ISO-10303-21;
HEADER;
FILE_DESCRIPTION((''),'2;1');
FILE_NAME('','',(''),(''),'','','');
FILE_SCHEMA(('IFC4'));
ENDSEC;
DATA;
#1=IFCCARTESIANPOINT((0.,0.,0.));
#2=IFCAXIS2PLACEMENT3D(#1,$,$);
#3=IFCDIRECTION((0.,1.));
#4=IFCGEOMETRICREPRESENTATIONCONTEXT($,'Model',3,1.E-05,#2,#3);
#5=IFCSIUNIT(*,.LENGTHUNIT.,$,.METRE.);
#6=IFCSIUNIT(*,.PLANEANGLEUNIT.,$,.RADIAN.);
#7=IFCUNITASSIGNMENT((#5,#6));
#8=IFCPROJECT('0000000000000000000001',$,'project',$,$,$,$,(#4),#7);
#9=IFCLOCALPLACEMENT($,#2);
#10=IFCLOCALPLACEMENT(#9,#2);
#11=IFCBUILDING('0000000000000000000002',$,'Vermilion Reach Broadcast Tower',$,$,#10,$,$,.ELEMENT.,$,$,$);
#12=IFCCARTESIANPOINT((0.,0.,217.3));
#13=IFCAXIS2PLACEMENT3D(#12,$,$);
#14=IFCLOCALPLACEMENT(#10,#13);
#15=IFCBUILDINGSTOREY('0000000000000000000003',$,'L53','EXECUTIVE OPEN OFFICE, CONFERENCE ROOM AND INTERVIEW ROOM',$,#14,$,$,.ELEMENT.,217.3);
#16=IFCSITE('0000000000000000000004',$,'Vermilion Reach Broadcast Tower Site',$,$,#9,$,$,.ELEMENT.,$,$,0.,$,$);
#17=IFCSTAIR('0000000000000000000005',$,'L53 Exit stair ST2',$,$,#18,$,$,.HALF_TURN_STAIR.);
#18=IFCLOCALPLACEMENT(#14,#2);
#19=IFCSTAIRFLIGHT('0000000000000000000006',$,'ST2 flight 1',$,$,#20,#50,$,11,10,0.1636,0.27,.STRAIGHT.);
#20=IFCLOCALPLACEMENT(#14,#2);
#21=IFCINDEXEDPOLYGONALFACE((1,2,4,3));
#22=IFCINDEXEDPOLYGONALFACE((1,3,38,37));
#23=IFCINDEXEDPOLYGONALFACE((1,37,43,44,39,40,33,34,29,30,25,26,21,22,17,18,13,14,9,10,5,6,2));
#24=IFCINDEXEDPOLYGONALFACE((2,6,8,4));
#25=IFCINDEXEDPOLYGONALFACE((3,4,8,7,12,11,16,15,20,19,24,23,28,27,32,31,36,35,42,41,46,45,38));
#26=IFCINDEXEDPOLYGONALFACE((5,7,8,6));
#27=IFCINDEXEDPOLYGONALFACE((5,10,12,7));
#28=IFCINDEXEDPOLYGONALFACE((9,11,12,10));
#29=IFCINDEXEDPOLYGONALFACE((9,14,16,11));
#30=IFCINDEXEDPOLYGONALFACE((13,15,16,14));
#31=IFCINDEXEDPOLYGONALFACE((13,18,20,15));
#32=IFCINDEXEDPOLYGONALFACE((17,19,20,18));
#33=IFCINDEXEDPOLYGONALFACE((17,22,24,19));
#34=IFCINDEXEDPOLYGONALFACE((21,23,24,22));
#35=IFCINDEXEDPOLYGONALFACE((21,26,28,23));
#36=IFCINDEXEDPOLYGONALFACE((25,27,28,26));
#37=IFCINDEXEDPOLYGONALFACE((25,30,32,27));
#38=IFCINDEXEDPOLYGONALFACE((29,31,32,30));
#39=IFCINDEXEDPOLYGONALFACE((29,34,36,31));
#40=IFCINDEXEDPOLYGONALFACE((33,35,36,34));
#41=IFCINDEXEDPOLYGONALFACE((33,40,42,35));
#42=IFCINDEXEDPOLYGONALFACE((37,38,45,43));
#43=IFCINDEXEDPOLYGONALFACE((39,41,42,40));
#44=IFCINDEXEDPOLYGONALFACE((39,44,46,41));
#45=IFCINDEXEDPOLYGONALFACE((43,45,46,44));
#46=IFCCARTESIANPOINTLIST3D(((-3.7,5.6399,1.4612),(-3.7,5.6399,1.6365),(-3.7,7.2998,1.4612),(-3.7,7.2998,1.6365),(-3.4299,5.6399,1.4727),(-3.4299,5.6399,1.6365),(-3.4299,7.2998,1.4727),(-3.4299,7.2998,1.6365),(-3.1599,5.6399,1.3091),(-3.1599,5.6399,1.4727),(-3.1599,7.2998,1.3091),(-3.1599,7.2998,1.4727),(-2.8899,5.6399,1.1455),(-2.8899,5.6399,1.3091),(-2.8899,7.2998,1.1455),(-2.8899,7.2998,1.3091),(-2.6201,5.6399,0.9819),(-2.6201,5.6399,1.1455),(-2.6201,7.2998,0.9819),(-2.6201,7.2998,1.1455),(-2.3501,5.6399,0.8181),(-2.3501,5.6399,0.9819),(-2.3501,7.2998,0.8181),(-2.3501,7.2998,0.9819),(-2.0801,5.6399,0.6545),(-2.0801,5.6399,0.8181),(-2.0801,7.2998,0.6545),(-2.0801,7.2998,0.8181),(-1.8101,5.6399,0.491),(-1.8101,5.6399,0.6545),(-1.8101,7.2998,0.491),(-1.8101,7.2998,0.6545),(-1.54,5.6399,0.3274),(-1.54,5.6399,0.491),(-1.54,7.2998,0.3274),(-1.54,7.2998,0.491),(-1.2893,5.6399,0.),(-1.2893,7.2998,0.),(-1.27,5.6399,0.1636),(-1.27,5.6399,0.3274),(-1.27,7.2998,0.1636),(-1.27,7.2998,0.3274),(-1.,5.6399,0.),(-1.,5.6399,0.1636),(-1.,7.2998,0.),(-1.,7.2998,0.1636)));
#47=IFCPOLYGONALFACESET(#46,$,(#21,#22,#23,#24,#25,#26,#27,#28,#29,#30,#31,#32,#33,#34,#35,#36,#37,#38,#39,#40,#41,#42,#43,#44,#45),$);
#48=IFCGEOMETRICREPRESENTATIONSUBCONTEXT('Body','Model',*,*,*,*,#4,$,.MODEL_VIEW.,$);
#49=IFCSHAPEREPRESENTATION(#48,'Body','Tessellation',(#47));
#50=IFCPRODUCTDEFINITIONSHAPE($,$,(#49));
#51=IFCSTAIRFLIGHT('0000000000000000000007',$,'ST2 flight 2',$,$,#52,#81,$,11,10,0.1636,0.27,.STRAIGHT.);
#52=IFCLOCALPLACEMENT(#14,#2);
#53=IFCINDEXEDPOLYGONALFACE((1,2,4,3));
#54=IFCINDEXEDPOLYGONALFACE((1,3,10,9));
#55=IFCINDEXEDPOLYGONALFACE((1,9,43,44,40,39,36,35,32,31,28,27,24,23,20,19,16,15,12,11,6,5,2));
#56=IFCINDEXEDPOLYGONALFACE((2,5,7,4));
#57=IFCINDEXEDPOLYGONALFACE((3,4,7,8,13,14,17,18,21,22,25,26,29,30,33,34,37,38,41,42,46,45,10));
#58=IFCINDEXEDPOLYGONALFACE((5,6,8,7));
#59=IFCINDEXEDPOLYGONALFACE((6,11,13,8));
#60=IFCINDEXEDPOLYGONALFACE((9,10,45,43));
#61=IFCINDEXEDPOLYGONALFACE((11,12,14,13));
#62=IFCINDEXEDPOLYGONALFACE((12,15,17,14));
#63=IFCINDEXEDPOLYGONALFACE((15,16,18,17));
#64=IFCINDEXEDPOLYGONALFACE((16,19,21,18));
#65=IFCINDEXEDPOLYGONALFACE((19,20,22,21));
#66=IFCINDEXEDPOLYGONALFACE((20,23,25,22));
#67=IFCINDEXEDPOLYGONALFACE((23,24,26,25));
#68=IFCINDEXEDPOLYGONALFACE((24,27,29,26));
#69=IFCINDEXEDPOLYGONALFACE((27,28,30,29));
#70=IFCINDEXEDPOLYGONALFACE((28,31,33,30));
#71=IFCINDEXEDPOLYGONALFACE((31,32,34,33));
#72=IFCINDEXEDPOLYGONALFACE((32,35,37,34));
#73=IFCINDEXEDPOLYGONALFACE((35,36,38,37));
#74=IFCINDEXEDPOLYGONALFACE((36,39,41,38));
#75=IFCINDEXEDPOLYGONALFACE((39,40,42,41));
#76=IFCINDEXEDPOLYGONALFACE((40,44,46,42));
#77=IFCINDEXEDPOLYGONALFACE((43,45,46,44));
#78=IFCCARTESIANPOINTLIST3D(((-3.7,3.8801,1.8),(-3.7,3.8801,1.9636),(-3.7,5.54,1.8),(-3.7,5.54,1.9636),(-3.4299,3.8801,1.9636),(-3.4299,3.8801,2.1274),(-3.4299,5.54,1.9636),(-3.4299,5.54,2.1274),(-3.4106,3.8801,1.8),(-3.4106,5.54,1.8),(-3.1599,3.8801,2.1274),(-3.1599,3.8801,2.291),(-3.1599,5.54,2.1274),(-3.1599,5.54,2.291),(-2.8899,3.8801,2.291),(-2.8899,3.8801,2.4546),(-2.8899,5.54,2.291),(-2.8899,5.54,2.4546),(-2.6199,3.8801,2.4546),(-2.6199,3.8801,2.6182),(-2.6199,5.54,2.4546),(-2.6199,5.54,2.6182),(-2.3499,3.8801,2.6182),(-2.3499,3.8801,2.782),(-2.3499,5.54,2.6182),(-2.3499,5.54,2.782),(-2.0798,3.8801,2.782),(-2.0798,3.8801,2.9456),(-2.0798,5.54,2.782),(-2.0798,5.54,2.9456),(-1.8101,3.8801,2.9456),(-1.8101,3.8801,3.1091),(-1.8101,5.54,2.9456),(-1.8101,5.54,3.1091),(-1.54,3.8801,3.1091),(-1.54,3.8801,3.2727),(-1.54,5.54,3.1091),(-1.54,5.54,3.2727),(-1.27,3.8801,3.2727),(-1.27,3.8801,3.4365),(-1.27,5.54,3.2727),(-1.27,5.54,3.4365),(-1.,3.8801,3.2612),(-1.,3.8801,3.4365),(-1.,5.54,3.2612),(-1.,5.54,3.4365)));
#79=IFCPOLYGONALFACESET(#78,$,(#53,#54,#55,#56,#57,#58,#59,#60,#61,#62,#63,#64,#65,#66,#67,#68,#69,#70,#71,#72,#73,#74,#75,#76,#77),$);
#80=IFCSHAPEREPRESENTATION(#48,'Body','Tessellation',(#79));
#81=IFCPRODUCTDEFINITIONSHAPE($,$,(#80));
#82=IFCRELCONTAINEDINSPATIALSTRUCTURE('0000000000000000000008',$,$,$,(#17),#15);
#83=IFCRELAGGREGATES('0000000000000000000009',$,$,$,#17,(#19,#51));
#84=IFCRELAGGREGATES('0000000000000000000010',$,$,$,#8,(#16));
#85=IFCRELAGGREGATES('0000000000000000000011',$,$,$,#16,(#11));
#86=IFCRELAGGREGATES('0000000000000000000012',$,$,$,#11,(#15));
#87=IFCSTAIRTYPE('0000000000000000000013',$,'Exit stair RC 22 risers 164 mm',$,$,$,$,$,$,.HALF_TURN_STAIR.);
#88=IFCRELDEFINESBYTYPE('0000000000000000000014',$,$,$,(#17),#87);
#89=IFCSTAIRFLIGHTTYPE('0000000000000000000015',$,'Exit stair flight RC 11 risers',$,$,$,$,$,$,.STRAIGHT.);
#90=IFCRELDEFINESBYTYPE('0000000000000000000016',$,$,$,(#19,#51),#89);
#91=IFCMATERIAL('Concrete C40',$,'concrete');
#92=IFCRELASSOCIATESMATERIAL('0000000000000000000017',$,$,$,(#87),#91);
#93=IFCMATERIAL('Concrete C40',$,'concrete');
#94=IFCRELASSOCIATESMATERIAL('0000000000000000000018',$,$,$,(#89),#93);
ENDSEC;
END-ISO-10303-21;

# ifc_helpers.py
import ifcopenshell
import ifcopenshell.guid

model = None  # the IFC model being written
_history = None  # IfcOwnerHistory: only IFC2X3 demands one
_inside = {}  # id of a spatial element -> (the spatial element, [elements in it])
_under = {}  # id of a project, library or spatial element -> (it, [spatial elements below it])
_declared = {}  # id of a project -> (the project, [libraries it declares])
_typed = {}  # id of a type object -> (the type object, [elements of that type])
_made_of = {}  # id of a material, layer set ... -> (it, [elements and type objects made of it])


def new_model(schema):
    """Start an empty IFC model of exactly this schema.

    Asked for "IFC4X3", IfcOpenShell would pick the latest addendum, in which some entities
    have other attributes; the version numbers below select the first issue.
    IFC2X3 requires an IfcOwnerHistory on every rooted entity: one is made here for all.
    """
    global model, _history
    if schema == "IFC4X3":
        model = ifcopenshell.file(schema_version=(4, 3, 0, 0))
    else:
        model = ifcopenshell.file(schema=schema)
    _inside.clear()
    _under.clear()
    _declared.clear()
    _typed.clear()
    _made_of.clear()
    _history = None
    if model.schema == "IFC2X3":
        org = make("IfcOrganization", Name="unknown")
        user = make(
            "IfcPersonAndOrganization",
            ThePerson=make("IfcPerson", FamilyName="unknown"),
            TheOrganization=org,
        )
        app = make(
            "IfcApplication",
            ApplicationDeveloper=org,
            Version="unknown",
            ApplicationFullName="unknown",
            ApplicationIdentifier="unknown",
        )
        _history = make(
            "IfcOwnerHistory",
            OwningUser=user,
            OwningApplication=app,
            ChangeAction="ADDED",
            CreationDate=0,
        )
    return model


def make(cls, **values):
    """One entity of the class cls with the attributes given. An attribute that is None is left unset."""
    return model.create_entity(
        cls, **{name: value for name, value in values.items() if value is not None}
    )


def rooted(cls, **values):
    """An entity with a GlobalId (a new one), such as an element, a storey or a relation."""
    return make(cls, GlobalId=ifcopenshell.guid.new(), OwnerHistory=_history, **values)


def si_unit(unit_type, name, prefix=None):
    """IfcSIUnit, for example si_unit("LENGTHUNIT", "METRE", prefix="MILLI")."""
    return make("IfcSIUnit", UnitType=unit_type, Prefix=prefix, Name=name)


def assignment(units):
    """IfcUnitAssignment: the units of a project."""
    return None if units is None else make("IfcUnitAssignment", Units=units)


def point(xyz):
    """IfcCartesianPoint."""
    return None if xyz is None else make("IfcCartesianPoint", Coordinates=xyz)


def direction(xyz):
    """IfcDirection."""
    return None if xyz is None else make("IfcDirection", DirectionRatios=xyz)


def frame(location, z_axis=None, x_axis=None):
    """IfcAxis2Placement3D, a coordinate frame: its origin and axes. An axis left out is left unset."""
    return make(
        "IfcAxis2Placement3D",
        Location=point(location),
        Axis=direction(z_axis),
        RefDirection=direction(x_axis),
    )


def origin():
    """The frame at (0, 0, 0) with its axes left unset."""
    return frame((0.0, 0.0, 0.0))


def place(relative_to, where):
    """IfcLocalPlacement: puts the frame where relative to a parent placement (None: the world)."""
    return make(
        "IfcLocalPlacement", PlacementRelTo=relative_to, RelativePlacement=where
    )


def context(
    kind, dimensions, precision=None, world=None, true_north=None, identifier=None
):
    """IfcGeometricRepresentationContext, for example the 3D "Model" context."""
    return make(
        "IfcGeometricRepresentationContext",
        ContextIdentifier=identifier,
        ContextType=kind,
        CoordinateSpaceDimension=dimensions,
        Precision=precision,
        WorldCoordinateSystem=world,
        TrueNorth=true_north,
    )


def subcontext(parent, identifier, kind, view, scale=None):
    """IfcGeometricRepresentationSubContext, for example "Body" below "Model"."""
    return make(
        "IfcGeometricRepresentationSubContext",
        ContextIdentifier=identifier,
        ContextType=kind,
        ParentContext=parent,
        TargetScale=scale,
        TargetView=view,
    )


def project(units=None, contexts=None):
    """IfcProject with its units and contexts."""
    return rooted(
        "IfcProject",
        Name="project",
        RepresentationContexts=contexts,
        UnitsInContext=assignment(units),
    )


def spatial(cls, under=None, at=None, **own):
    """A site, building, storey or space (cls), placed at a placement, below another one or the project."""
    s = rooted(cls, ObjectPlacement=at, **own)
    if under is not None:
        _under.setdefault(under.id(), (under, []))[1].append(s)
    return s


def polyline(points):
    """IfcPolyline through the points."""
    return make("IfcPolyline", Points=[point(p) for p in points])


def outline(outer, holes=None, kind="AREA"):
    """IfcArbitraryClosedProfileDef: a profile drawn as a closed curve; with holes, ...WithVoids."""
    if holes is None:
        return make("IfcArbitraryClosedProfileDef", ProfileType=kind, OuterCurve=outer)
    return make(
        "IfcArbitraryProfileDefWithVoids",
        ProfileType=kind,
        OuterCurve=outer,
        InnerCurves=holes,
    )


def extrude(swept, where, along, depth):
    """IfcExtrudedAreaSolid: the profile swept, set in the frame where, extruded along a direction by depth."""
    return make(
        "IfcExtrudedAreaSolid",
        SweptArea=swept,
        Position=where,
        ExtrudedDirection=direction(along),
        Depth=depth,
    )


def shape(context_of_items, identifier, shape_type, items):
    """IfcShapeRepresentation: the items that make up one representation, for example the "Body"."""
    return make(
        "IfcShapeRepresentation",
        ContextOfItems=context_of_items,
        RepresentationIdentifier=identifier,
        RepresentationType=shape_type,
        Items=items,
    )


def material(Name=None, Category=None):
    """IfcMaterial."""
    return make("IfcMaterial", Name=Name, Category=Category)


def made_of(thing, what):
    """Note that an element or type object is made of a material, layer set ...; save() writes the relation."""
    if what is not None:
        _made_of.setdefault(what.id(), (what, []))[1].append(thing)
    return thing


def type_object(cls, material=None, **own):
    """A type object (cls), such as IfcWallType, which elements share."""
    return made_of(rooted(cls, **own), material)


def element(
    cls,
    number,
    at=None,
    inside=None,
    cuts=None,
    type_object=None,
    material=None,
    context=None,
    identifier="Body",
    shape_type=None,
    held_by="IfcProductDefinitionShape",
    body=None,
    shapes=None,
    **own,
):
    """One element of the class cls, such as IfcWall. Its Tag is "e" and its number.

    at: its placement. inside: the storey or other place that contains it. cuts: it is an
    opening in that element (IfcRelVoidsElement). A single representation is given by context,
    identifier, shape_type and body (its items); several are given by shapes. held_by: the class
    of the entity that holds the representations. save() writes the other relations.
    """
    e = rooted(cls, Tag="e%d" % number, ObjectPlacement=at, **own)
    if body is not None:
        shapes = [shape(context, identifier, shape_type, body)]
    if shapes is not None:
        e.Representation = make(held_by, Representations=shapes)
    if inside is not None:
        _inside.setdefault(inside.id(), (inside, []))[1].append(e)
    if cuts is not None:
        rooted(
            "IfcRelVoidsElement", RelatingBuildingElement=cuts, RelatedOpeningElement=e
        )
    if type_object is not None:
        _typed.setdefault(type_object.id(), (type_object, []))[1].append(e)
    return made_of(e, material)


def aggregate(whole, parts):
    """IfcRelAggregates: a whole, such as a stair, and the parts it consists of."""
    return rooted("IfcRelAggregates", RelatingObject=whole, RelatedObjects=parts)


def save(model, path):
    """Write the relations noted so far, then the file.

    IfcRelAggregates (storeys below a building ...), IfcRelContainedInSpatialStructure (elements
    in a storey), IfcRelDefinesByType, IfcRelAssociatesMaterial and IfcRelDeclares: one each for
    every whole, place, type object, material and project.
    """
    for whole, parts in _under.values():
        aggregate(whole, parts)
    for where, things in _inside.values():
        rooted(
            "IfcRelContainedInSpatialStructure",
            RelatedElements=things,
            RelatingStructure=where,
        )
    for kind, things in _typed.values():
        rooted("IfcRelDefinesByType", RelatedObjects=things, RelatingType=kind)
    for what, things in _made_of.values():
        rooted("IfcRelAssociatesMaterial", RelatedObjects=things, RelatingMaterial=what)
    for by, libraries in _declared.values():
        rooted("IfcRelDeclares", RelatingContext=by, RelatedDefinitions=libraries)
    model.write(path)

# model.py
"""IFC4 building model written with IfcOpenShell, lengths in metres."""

from ifc_helpers import new_model, si_unit, direction, frame, origin, place, context, subcontext, project, spatial, polyline, outline, extrude, material, type_object, element, aggregate, save


model = new_model("IFC4")

# Units and contexts
model_context = context("Model", 3, precision=1e-05, world=origin(), true_north=direction((0.0, 1.0)))
body_context = subcontext(model_context, "Body", "Model", "MODEL_VIEW")
ifc_project = project(units=[si_unit("LENGTHUNIT", "METRE"), si_unit("PLANEANGLEUNIT", "RADIAN")], contexts=[model_context])

# Site, building, storey
site_placement = place(None, origin())
site = spatial("IfcSite", under=ifc_project, at=site_placement, Name="Vermilion Reach Broadcast Tower Site", CompositionType="ELEMENT", RefElevation=0.0)
building_placement = place(site_placement, origin())
building = spatial("IfcBuilding", under=site, at=building_placement, Name="Vermilion Reach Broadcast Tower", CompositionType="ELEMENT")
storey_placement = place(building_placement, frame((0.0, 0.0, 217.3)))
storey = spatial("IfcBuildingStorey", under=building, at=storey_placement, Name="L53", Description="EXECUTIVE OPEN OFFICE, CONFERENCE ROOM AND INTERVIEW ROOM", CompositionType="ELEMENT", Elevation=217.3)

# Shared definitions
ifc_material_1 = material(Name="Concrete C40", Category="concrete")
stair_type = type_object("IfcStairType", Name="Exit stair RC 22 risers 164 mm", PredefinedType="HALF_TURN_STAIR", material=ifc_material_1)
placement = place(storey_placement, origin())

# Stair, stair flights
stair_1 = element("IfcStair", 1, at=placement, inside=storey, type_object=stair_type, Name="L53 Exit stair ST2", PredefinedType="HALF_TURN_STAIR")
ifc_material_2 = material(Name="Concrete C40", Category="concrete")
stair_flight_type = type_object("IfcStairFlightType", Name="Exit stair flight RC 11 risers", PredefinedType="STRAIGHT", material=ifc_material_2)
stair_flight_1_placement = place(storey_placement, frame((-1.0, 6.47, 0.0), z_axis=(0.0, 0.0, 1.0), x_axis=(-1.0, 0.0, 0.0)))
stair_flight_1 = element("IfcStairFlight", 2, at=stair_flight_1_placement, type_object=stair_flight_type, Name="ST2 flight 1", NumberOfRisers=11, NumberOfTreads=10, PredefinedType="STRAIGHT", RiserHeight=0.1636, TreadLength=0.27, context=body_context, shape_type="SweptSolid", body=[
    extrude(outline(polyline([(0.0, 0.0), (0.0, 0.1636), (0.27, 0.1636), (0.27, 0.3274), (0.54, 0.3274), (0.54, 0.491), (0.8101, 0.491), (0.8101, 0.6545), (1.0801, 0.6545), (1.0801, 0.8181), (1.3501, 0.8181), (1.3501, 0.9819), (1.6201, 0.9819), (1.6201, 1.1455), (1.8899, 1.1455), (1.8899, 1.3091), (2.1599, 1.3091), (2.1599, 1.4727), (2.4299, 1.4727), (2.4299, 1.6365), (2.7, 1.6365), (2.7, 1.8), (2.7, 1.4612), (0.2893, 0.0), (0.0, 0.0)])), frame((0.0, 0.8301, 0.0), z_axis=(0.0, -1.0, 0.0), x_axis=(1.0, 0.0, 0.0)), (0.0, 0.0, 1.0), 1.6599),
])
stair_flight_2_placement = place(storey_placement, frame((-3.7, 4.71, 1.8), z_axis=(0.0, 0.0, 1.0), x_axis=(1.0, 0.0, 0.0)))
stair_flight_2 = element("IfcStairFlight", 3, at=stair_flight_2_placement, type_object=stair_flight_type, Name="ST2 flight 2", NumberOfRisers=11, NumberOfTreads=10, PredefinedType="STRAIGHT", RiserHeight=0.1636, TreadLength=0.27, context=body_context, shape_type="SweptSolid", body=[
    extrude(outline(polyline([(0.0, 0.0), (0.0, 0.1636), (0.27, 0.1636), (0.27, 0.3274), (0.54, 0.3274), (0.54, 0.491), (0.8101, 0.491), (0.8101, 0.6545), (1.0801, 0.6545), (1.0801, 0.8181), (1.3501, 0.8181), (1.3501, 0.9819), (1.6201, 0.9819), (1.6201, 1.1455), (1.8899, 1.1455), (1.8899, 1.3091), (2.1599, 1.3091), (2.1599, 1.4727), (2.4299, 1.4727), (2.4299, 1.6365), (2.7, 1.6365), (2.7, 1.8), (2.7, 1.4612), (0.2893, 0.0), (0.0, 0.0)])), frame((0.0, 0.8301, 0.0), z_axis=(0.0, -1.0, 0.0), x_axis=(1.0, 0.0, 0.0)), (0.0, 0.0, 1.0), 1.6599),
])
aggregate(stair_1, [stair_flight_1, stair_flight_2])

save(model, "model.ifc")
